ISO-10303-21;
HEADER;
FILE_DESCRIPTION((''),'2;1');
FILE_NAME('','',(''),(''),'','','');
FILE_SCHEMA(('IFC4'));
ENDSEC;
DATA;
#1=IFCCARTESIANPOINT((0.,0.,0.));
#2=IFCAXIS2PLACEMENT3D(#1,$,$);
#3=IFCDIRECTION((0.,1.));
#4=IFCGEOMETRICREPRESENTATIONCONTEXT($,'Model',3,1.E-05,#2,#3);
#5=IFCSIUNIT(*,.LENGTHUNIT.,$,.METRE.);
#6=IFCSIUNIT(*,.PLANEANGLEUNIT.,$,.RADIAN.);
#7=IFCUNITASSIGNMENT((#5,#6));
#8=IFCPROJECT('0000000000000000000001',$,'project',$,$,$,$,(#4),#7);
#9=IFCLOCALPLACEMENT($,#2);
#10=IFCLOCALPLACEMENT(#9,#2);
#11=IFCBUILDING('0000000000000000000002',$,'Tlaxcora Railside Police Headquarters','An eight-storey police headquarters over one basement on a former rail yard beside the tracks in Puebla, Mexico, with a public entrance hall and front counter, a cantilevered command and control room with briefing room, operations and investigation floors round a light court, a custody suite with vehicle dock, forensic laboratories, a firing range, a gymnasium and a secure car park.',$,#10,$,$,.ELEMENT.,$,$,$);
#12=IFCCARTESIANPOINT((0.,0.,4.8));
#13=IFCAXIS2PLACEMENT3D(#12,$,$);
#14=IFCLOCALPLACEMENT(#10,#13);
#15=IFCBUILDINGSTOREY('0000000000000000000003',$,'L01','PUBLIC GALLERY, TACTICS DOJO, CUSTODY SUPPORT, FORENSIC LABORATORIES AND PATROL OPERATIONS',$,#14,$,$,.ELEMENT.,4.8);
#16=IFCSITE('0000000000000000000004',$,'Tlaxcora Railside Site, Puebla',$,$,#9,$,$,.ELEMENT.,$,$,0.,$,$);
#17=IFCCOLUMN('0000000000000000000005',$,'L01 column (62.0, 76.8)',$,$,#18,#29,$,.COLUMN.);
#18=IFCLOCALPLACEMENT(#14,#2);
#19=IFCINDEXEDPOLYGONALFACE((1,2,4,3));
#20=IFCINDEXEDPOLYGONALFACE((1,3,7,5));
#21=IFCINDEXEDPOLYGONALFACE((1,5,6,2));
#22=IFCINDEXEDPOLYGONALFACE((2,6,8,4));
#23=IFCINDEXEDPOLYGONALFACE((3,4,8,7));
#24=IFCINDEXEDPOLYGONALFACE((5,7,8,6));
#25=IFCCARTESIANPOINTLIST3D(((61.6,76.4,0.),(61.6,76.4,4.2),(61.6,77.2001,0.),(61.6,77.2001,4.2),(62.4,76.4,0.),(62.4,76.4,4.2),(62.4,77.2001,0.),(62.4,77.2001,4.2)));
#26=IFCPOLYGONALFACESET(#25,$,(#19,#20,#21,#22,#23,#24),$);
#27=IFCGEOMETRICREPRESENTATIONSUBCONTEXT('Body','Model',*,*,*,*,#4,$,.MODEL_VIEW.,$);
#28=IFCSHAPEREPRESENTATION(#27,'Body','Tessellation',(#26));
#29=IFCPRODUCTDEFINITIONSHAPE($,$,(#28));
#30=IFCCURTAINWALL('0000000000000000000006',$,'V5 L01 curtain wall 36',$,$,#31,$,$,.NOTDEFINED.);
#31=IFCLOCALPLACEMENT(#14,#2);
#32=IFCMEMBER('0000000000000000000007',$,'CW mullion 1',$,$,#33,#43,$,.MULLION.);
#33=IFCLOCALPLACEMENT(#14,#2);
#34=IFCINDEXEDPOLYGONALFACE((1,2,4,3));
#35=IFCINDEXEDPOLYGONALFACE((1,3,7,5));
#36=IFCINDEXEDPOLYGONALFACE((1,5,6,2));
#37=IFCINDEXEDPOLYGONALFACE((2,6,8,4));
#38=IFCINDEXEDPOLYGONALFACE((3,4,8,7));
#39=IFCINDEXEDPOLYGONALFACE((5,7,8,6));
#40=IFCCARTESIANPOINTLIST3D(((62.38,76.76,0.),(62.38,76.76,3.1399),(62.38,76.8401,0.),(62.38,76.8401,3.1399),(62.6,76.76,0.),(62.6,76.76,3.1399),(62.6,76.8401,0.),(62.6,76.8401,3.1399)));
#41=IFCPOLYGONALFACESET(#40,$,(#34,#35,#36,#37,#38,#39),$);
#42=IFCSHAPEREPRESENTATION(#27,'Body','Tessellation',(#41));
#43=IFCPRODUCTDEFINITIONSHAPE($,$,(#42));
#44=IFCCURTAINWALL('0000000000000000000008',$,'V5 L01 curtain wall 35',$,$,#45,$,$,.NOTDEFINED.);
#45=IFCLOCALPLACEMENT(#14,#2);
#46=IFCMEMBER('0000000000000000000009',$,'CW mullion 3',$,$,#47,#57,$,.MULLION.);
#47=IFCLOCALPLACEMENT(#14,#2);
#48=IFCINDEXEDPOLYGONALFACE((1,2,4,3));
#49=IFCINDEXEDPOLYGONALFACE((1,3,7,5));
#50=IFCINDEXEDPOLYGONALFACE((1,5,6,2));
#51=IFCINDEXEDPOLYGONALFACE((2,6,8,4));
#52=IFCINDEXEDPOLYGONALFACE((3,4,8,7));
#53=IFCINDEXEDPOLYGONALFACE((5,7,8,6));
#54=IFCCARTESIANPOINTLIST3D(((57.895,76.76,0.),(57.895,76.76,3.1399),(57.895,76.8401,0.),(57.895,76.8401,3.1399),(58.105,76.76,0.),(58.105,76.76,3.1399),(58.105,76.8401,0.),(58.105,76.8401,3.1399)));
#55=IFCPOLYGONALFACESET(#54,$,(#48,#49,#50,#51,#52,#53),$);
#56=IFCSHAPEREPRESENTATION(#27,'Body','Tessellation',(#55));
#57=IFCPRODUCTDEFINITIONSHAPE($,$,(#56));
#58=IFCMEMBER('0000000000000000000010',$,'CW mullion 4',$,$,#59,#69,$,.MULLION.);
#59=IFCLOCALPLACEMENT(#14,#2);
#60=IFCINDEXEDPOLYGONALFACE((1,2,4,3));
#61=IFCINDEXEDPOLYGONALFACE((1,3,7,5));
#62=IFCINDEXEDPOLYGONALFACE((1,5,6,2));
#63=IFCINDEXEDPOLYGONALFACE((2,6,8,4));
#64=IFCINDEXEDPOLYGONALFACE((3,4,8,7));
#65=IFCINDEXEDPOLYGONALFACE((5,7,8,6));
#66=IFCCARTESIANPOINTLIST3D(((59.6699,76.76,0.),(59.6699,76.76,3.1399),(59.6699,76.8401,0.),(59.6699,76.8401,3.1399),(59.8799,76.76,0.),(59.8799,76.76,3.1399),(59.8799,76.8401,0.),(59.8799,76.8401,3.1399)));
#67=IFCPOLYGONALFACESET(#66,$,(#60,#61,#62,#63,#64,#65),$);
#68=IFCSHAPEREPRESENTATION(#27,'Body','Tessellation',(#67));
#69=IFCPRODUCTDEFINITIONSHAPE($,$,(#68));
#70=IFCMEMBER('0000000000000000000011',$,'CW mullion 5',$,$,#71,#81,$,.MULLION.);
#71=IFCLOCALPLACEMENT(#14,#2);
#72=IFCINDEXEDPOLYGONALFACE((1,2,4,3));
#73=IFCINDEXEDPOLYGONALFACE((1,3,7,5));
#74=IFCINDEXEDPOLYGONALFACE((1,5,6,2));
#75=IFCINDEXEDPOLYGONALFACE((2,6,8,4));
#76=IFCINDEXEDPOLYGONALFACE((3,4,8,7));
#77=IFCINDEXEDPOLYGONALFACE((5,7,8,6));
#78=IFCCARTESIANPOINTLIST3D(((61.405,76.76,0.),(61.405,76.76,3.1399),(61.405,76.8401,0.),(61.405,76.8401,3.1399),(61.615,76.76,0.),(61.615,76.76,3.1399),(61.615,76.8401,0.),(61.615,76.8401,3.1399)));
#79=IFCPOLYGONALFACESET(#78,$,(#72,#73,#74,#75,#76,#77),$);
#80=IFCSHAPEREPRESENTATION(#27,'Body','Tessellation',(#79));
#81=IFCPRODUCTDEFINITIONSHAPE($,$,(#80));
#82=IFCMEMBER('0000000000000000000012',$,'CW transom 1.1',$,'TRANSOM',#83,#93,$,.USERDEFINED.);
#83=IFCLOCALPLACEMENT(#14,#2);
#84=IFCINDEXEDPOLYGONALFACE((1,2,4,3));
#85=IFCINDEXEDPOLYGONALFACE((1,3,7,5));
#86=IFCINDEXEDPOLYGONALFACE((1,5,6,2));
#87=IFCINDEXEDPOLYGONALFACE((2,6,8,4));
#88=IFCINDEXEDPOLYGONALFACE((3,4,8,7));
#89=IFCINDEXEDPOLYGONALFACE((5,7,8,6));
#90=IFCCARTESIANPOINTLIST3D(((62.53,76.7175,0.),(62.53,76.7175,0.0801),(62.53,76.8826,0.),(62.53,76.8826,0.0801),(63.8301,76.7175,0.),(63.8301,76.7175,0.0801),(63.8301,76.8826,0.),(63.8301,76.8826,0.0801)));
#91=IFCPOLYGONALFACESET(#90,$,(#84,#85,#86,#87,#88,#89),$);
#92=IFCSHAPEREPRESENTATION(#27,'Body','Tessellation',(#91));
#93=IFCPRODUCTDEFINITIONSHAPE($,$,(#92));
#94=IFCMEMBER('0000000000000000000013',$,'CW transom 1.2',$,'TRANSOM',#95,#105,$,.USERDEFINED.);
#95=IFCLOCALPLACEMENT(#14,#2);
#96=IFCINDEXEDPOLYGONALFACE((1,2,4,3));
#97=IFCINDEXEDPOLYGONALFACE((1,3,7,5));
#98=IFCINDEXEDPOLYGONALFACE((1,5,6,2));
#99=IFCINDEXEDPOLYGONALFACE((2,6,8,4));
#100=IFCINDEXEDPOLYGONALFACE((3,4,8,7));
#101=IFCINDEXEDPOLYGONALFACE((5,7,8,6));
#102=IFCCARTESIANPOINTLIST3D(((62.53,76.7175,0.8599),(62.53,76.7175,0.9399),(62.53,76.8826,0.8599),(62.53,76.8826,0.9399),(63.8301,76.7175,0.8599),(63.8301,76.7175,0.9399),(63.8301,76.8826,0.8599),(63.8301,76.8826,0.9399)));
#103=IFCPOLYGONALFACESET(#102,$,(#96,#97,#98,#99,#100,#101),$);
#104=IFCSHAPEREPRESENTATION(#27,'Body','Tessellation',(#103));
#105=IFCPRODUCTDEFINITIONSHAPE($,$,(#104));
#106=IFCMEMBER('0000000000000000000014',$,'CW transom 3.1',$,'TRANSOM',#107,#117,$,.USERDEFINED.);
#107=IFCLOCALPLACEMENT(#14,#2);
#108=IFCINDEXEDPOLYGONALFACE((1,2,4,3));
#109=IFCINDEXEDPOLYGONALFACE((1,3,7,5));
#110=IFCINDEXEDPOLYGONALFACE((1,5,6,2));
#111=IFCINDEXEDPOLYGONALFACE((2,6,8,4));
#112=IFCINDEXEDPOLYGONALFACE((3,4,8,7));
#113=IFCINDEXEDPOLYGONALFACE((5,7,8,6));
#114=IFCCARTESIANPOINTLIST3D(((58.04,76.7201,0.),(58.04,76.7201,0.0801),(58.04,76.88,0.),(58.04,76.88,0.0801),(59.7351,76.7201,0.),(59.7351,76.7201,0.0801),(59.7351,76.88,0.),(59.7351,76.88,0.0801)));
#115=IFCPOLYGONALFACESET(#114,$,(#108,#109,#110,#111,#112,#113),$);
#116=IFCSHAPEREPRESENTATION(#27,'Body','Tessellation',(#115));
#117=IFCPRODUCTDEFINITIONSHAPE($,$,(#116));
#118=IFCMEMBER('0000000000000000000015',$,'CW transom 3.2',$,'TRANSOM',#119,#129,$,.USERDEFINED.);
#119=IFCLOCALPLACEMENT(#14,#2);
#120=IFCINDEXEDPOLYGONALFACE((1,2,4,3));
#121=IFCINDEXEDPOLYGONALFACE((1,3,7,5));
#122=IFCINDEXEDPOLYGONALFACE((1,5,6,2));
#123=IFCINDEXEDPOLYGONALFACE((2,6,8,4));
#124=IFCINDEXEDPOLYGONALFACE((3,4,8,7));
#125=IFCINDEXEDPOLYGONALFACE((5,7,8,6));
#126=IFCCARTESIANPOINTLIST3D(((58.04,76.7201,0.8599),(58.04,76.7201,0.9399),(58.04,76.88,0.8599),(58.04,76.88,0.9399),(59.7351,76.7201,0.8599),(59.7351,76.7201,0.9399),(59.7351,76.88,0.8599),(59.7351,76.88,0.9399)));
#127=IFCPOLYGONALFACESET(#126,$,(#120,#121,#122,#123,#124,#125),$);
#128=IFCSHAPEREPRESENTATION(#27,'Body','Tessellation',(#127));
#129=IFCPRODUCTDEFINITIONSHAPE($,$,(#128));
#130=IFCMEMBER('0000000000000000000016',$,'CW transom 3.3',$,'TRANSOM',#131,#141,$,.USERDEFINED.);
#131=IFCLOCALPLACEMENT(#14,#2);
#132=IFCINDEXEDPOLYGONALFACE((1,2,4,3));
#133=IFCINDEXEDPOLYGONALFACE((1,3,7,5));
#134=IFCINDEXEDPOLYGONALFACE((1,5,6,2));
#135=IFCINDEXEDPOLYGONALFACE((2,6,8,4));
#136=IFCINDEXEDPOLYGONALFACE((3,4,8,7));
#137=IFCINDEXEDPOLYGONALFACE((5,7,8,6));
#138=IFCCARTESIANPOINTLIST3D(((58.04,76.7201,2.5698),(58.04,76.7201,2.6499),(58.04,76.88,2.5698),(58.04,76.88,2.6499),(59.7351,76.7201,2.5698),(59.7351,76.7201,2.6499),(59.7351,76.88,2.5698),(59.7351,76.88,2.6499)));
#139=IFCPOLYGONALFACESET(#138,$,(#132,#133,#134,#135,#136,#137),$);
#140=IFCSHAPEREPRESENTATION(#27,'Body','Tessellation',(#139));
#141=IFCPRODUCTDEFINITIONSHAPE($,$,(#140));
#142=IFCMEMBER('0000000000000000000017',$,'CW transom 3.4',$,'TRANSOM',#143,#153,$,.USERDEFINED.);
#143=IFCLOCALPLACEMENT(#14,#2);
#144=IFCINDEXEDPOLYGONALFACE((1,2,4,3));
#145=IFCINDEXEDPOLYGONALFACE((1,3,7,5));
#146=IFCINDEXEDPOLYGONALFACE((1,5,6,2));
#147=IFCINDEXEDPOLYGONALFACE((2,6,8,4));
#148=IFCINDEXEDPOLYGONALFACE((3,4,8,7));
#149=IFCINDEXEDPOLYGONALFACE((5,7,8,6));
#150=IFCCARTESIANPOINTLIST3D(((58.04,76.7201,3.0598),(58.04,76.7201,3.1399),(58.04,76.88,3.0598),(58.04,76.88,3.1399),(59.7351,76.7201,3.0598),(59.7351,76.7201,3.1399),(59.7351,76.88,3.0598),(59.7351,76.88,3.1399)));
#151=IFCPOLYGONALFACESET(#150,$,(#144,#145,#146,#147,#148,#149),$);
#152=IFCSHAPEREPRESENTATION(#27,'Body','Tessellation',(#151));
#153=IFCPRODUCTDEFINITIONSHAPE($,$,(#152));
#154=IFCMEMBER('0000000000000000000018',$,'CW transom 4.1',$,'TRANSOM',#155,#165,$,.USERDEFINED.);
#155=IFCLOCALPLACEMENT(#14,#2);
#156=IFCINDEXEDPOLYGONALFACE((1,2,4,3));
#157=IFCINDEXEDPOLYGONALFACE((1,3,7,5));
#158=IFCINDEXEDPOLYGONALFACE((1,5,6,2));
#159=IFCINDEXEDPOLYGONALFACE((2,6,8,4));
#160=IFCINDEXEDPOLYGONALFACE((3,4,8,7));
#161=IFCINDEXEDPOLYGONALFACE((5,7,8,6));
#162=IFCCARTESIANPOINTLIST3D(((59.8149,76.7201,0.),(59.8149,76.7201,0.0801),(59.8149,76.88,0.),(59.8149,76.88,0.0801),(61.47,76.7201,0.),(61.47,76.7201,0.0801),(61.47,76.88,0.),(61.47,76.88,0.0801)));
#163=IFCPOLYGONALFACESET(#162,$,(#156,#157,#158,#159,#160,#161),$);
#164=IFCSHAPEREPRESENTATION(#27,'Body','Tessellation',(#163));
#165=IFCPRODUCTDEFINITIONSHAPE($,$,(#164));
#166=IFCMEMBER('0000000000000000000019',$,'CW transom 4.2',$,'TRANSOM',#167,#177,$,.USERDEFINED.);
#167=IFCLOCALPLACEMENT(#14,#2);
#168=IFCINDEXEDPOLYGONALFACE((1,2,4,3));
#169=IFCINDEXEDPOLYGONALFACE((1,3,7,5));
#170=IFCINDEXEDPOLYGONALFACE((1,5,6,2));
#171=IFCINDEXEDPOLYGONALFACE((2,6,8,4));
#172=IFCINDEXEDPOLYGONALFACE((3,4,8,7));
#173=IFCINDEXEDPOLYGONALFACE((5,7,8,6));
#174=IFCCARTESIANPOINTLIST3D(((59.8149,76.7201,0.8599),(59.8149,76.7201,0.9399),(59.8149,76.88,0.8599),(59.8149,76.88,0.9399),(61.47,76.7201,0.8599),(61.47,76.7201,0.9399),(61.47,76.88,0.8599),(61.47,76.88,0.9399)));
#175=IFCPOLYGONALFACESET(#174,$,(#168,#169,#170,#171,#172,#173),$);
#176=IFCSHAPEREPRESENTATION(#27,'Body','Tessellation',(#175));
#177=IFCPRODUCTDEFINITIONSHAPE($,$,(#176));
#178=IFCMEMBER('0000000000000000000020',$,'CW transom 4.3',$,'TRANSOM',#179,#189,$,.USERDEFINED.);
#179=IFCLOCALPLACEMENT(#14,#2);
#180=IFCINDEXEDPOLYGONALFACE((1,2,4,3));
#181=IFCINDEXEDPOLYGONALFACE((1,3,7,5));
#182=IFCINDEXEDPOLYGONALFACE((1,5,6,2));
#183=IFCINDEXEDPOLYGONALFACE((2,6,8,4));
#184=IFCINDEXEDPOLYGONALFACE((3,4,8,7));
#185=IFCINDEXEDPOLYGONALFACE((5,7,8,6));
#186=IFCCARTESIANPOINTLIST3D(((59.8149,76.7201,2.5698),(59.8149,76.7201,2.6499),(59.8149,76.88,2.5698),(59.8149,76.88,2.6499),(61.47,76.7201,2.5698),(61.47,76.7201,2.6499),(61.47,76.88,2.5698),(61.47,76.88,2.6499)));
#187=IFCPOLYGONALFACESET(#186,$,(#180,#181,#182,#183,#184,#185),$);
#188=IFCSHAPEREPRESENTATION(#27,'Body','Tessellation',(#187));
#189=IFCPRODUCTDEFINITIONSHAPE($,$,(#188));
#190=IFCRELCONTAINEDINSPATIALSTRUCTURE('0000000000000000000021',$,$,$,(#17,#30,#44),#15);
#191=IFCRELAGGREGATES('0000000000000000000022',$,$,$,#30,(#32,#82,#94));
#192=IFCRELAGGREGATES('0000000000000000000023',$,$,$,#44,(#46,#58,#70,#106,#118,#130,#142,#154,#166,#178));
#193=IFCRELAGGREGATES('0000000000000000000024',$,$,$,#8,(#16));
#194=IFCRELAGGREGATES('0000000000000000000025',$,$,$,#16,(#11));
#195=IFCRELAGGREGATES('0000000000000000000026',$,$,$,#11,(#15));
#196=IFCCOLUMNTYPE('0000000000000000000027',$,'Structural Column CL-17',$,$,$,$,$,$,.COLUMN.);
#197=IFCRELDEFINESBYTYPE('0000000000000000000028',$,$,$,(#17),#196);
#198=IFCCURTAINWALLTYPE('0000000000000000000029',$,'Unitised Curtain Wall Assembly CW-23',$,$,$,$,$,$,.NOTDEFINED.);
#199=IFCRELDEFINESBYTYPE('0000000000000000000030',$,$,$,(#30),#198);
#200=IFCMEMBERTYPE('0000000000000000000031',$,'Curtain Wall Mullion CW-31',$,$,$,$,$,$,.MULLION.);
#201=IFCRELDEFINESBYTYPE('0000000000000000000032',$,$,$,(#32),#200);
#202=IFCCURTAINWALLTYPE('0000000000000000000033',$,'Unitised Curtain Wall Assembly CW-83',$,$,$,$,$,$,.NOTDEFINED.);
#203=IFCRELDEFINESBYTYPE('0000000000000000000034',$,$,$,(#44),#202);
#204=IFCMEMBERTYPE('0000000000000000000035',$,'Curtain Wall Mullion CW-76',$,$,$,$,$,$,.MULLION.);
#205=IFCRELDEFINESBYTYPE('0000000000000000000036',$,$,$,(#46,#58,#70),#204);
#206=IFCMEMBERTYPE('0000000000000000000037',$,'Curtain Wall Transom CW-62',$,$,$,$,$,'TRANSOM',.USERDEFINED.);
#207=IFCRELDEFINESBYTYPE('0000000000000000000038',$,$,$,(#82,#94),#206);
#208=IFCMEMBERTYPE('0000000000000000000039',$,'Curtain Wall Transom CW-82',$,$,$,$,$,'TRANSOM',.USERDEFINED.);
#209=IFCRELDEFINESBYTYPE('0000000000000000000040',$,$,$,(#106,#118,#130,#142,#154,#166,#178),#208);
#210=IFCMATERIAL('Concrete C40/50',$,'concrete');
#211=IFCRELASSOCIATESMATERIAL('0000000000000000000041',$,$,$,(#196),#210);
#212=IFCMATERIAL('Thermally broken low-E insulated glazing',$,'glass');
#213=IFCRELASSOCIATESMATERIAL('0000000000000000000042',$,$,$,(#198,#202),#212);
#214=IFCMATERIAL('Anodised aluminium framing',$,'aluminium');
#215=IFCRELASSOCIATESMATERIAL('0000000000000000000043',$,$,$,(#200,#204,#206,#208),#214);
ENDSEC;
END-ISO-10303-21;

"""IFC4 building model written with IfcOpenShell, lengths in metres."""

from ifc_helpers import new_model, si_unit, direction, frame, origin, origin_2d, place, context, subcontext, project, spatial, rectangle, extrude, material, material_profile, profile_set, type_object, element, aggregate, save


model = new_model("IFC4")

# Units and contexts
model_context = context("Model", 3, precision=1e-05, world=origin(), true_north=direction((0.0, 1.0)))
body_context = subcontext(model_context, "Body", "Model", "MODEL_VIEW")
ifc_project = project(units=[si_unit("LENGTHUNIT", "METRE"), si_unit("PLANEANGLEUNIT", "RADIAN")], contexts=[model_context])

# Site, building, storey
site_placement = place(None, origin())
site = spatial("IfcSite", under=ifc_project, at=site_placement, Name="Tlaxcora Railside Site, Puebla", CompositionType="ELEMENT", RefElevation=0.0)
building_placement = place(site_placement, origin())
building = spatial("IfcBuilding", under=site, at=building_placement, Name="Tlaxcora Railside Police Headquarters", Description="An eight-storey police headquarters over one basement on a former rail yard beside the tracks in Puebla, Mexico, with a public entrance hall and front counter, a cantilevered command and control room with briefing room, operations and investigation floors round a light court, a custody suite with vehicle dock, forensic laboratories, a firing range, a gymnasium and a secure car park.", CompositionType="ELEMENT")
storey_placement = place(building_placement, frame((0.0, 0.0, 4.8)))
storey = spatial("IfcBuildingStorey", under=building, at=storey_placement, Name="L01", Description="PUBLIC GALLERY, TACTICS DOJO, CUSTODY SUPPORT, FORENSIC LABORATORIES AND PATROL OPERATIONS", CompositionType="ELEMENT", Elevation=4.8)

# Column
ifc_material_1 = material(Name="Concrete C40/50", Category="concrete")
ifc_material_profile_1 = material_profile(ifc_material_1, rectangle(XDim=0.8, YDim=0.8, at=origin_2d()), Name="RC800X800")
ifc_profile_set_1 = profile_set([ifc_material_profile_1], Name="Concrete C40/50")
column_type = type_object("IfcColumnType", Name="Structural Column CL-17", PredefinedType="COLUMN", material=ifc_profile_set_1)
column_placement = place(storey_placement, frame((62.0, 76.8, 0.0), z_axis=(0.0, 0.0, 1.0), x_axis=(1.0, 0.0, 0.0)))
element("IfcColumn", 1, at=column_placement, inside=storey, type_object=column_type, Name="L01 column (62.0, 76.8)", PredefinedType="COLUMN", context=body_context, shape_type="SweptSolid", body=[
    extrude(rectangle(XDim=0.8, YDim=0.8, at=origin_2d()), origin(), (0.0, 0.0, 1.0), 4.2),
])

# Curtain wall, member
ifc_material_2 = material(Name="Thermally broken low-E insulated glazing", Category="glass")
curtain_wall_type_1 = type_object("IfcCurtainWallType", Name="Unitised Curtain Wall Assembly CW-23", PredefinedType="NOTDEFINED", material=ifc_material_2)
curtain_wall_1_placement = place(storey_placement, origin())
curtain_wall_1 = element("IfcCurtainWall", 2, at=curtain_wall_1_placement, inside=storey, type_object=curtain_wall_type_1, Name="V5 L01 curtain wall 36", PredefinedType="NOTDEFINED")
ifc_material_3 = material(Name="Anodised aluminium framing", Category="aluminium")
ifc_material_profile_2 = material_profile(ifc_material_3, rectangle(XDim=0.0801, YDim=0.22, at=origin_2d()), Name="AL80X220")
ifc_profile_set_2 = profile_set([ifc_material_profile_2], Name="Anodised aluminium framing")
member_type_1 = type_object("IfcMemberType", Name="Curtain Wall Mullion CW-31", PredefinedType="MULLION", material=ifc_profile_set_2)
member_1_placement = place(storey_placement, frame((62.49, 76.8, 0.0), z_axis=(0.0, 0.0, 1.0), x_axis=(0.0, 1.0, 0.0)))
member_1 = element("IfcMember", 3, at=member_1_placement, type_object=member_type_1, Name="CW mullion 1", PredefinedType="MULLION", context=body_context, shape_type="SweptSolid", body=[
    extrude(rectangle(XDim=0.0801, YDim=0.22, at=origin_2d()), origin(), (0.0, 0.0, 1.0), 3.1399),
])

# Curtain wall, members
curtain_wall_type_2 = type_object("IfcCurtainWallType", Name="Unitised Curtain Wall Assembly CW-83", PredefinedType="NOTDEFINED", material=ifc_material_2)
curtain_wall_2_placement = place(storey_placement, origin())
curtain_wall_2 = element("IfcCurtainWall", 4, at=curtain_wall_2_placement, inside=storey, type_object=curtain_wall_type_2, Name="V5 L01 curtain wall 35", PredefinedType="NOTDEFINED")
ifc_material_profile_3 = material_profile(ifc_material_3, rectangle(XDim=0.0801, YDim=0.21, at=origin_2d()), Name="AL80X210")
ifc_profile_set_3 = profile_set([ifc_material_profile_3], Name="Anodised aluminium framing")
member_type_2 = type_object("IfcMemberType", Name="Curtain Wall Mullion CW-76", PredefinedType="MULLION", material=ifc_profile_set_3)
member_2_placement = place(storey_placement, frame((58.0, 76.8, 0.0), z_axis=(0.0, 0.0, 1.0), x_axis=(0.0, 1.0, 0.0)))
member_2 = element("IfcMember", 5, at=member_2_placement, type_object=member_type_2, Name="CW mullion 3", PredefinedType="MULLION", context=body_context, shape_type="SweptSolid", body=[
    extrude(rectangle(XDim=0.0801, YDim=0.21, at=origin_2d()), origin(), (0.0, 0.0, 1.0), 3.1399),
])
member_3_placement = place(storey_placement, frame((59.7749, 76.8, 0.0), z_axis=(0.0, 0.0, 1.0), x_axis=(0.0, 1.0, 0.0)))
member_3 = element("IfcMember", 6, at=member_3_placement, type_object=member_type_2, Name="CW mullion 4", PredefinedType="MULLION", context=body_context, shape_type="SweptSolid", body=[
    extrude(rectangle(XDim=0.0801, YDim=0.21, at=origin_2d()), origin(), (0.0, 0.0, 1.0), 3.1399),
])
member_4_placement = place(storey_placement, frame((61.51, 76.8, 0.0), z_axis=(0.0, 0.0, 1.0), x_axis=(0.0, 1.0, 0.0)))
member_4 = element("IfcMember", 7, at=member_4_placement, type_object=member_type_2, Name="CW mullion 5", PredefinedType="MULLION", context=body_context, shape_type="SweptSolid", body=[
    extrude(rectangle(XDim=0.0801, YDim=0.21, at=origin_2d()), origin(), (0.0, 0.0, 1.0), 3.1399),
])

# Members
ifc_material_profile_4 = material_profile(ifc_material_3, rectangle(XDim=0.165, YDim=0.0801, at=origin_2d()), Name="AL80X165")
ifc_profile_set_4 = profile_set([ifc_material_profile_4], Name="Anodised aluminium framing")
member_type_3 = type_object("IfcMemberType", Name="Curtain Wall Transom CW-62", ElementType="TRANSOM", PredefinedType="USERDEFINED", material=ifc_profile_set_4)
member_5_placement = place(storey_placement, frame((62.53, 76.8, 0.04), z_axis=(1.0, 0.0, 0.0), x_axis=(0.0, 1.0, 0.0)))
member_5 = element("IfcMember", 8, at=member_5_placement, type_object=member_type_3, Name="CW transom 1.1", ObjectType="TRANSOM", PredefinedType="USERDEFINED", context=body_context, shape_type="SweptSolid", body=[
    extrude(rectangle(XDim=0.165, YDim=0.0801, at=origin_2d()), origin(), (0.0, 0.0, 1.0), 1.3),
])
member_6_placement = place(storey_placement, frame((62.53, 76.8, 0.8999), z_axis=(1.0, 0.0, 0.0), x_axis=(0.0, 1.0, 0.0)))
member_6 = element("IfcMember", 9, at=member_6_placement, type_object=member_type_3, Name="CW transom 1.2", ObjectType="TRANSOM", PredefinedType="USERDEFINED", context=body_context, shape_type="SweptSolid", body=[
    extrude(rectangle(XDim=0.165, YDim=0.0801, at=origin_2d()), origin(), (0.0, 0.0, 1.0), 1.3),
])
aggregate(curtain_wall_1, [member_1, member_5, member_6])
ifc_material_profile_5 = material_profile(ifc_material_3, rectangle(XDim=0.1599, YDim=0.0801, at=origin_2d()), Name="AL80X160")
ifc_profile_set_5 = profile_set([ifc_material_profile_5], Name="Anodised aluminium framing")
member_type_4 = type_object("IfcMemberType", Name="Curtain Wall Transom CW-82", ElementType="TRANSOM", PredefinedType="USERDEFINED", material=ifc_profile_set_5)
member_7_placement = place(storey_placement, frame((58.04, 76.8, 0.04), z_axis=(1.0, 0.0, 0.0), x_axis=(0.0, 1.0, 0.0)))
member_7 = element("IfcMember", 10, at=member_7_placement, type_object=member_type_4, Name="CW transom 3.1", ObjectType="TRANSOM", PredefinedType="USERDEFINED", context=body_context, shape_type="SweptSolid", body=[
    extrude(rectangle(XDim=0.1599, YDim=0.0801, at=origin_2d()), origin(), (0.0, 0.0, 1.0), 1.6951),
])
member_8_placement = place(storey_placement, frame((58.04, 76.8, 0.8999), z_axis=(1.0, 0.0, 0.0), x_axis=(0.0, 1.0, 0.0)))
member_8 = element("IfcMember", 11, at=member_8_placement, type_object=member_type_4, Name="CW transom 3.2", ObjectType="TRANSOM", PredefinedType="USERDEFINED", context=body_context, shape_type="SweptSolid", body=[
    extrude(rectangle(XDim=0.1599, YDim=0.0801, at=origin_2d()), origin(), (0.0, 0.0, 1.0), 1.6951),
])
member_9_placement = place(storey_placement, frame((58.04, 76.8, 2.6099), z_axis=(1.0, 0.0, 0.0), x_axis=(0.0, 1.0, 0.0)))
member_9 = element("IfcMember", 12, at=member_9_placement, type_object=member_type_4, Name="CW transom 3.3", ObjectType="TRANSOM", PredefinedType="USERDEFINED", context=body_context, shape_type="SweptSolid", body=[
    extrude(rectangle(XDim=0.1599, YDim=0.0801, at=origin_2d()), origin(), (0.0, 0.0, 1.0), 1.6951),
])
member_10_placement = place(storey_placement, frame((58.04, 76.8, 3.0999), z_axis=(1.0, 0.0, 0.0), x_axis=(0.0, 1.0, 0.0)))
member_10 = element("IfcMember", 13, at=member_10_placement, type_object=member_type_4, Name="CW transom 3.4", ObjectType="TRANSOM", PredefinedType="USERDEFINED", context=body_context, shape_type="SweptSolid", body=[
    extrude(rectangle(XDim=0.1599, YDim=0.0801, at=origin_2d()), origin(), (0.0, 0.0, 1.0), 1.6951),
])
member_11_placement = place(storey_placement, frame((59.8149, 76.8, 0.04), z_axis=(1.0, 0.0, 0.0), x_axis=(0.0, 1.0, 0.0)))
member_11 = element("IfcMember", 14, at=member_11_placement, type_object=member_type_4, Name="CW transom 4.1", ObjectType="TRANSOM", PredefinedType="USERDEFINED", context=body_context, shape_type="SweptSolid", body=[
    extrude(rectangle(XDim=0.1599, YDim=0.0801, at=origin_2d()), origin(), (0.0, 0.0, 1.0), 1.655),
])
member_12_placement = place(storey_placement, frame((59.8149, 76.8, 0.8999), z_axis=(1.0, 0.0, 0.0), x_axis=(0.0, 1.0, 0.0)))
member_12 = element("IfcMember", 15, at=member_12_placement, type_object=member_type_4, Name="CW transom 4.2", ObjectType="TRANSOM", PredefinedType="USERDEFINED", context=body_context, shape_type="SweptSolid", body=[
    extrude(rectangle(XDim=0.1599, YDim=0.0801, at=origin_2d()), origin(), (0.0, 0.0, 1.0), 1.655),
])
member_13_placement = place(storey_placement, frame((59.8149, 76.8, 2.6099), z_axis=(1.0, 0.0, 0.0), x_axis=(0.0, 1.0, 0.0)))
member_13 = element("IfcMember", 16, at=member_13_placement, type_object=member_type_4, Name="CW transom 4.3", ObjectType="TRANSOM", PredefinedType="USERDEFINED", context=body_context, shape_type="SweptSolid", body=[
    extrude(rectangle(XDim=0.1599, YDim=0.0801, at=origin_2d()), origin(), (0.0, 0.0, 1.0), 1.655),
])

aggregate(curtain_wall_2, [member_2, member_3, member_4, member_7, member_8, member_9, member_10, member_11, member_12, member_13])

save(model, "model.ifc")
